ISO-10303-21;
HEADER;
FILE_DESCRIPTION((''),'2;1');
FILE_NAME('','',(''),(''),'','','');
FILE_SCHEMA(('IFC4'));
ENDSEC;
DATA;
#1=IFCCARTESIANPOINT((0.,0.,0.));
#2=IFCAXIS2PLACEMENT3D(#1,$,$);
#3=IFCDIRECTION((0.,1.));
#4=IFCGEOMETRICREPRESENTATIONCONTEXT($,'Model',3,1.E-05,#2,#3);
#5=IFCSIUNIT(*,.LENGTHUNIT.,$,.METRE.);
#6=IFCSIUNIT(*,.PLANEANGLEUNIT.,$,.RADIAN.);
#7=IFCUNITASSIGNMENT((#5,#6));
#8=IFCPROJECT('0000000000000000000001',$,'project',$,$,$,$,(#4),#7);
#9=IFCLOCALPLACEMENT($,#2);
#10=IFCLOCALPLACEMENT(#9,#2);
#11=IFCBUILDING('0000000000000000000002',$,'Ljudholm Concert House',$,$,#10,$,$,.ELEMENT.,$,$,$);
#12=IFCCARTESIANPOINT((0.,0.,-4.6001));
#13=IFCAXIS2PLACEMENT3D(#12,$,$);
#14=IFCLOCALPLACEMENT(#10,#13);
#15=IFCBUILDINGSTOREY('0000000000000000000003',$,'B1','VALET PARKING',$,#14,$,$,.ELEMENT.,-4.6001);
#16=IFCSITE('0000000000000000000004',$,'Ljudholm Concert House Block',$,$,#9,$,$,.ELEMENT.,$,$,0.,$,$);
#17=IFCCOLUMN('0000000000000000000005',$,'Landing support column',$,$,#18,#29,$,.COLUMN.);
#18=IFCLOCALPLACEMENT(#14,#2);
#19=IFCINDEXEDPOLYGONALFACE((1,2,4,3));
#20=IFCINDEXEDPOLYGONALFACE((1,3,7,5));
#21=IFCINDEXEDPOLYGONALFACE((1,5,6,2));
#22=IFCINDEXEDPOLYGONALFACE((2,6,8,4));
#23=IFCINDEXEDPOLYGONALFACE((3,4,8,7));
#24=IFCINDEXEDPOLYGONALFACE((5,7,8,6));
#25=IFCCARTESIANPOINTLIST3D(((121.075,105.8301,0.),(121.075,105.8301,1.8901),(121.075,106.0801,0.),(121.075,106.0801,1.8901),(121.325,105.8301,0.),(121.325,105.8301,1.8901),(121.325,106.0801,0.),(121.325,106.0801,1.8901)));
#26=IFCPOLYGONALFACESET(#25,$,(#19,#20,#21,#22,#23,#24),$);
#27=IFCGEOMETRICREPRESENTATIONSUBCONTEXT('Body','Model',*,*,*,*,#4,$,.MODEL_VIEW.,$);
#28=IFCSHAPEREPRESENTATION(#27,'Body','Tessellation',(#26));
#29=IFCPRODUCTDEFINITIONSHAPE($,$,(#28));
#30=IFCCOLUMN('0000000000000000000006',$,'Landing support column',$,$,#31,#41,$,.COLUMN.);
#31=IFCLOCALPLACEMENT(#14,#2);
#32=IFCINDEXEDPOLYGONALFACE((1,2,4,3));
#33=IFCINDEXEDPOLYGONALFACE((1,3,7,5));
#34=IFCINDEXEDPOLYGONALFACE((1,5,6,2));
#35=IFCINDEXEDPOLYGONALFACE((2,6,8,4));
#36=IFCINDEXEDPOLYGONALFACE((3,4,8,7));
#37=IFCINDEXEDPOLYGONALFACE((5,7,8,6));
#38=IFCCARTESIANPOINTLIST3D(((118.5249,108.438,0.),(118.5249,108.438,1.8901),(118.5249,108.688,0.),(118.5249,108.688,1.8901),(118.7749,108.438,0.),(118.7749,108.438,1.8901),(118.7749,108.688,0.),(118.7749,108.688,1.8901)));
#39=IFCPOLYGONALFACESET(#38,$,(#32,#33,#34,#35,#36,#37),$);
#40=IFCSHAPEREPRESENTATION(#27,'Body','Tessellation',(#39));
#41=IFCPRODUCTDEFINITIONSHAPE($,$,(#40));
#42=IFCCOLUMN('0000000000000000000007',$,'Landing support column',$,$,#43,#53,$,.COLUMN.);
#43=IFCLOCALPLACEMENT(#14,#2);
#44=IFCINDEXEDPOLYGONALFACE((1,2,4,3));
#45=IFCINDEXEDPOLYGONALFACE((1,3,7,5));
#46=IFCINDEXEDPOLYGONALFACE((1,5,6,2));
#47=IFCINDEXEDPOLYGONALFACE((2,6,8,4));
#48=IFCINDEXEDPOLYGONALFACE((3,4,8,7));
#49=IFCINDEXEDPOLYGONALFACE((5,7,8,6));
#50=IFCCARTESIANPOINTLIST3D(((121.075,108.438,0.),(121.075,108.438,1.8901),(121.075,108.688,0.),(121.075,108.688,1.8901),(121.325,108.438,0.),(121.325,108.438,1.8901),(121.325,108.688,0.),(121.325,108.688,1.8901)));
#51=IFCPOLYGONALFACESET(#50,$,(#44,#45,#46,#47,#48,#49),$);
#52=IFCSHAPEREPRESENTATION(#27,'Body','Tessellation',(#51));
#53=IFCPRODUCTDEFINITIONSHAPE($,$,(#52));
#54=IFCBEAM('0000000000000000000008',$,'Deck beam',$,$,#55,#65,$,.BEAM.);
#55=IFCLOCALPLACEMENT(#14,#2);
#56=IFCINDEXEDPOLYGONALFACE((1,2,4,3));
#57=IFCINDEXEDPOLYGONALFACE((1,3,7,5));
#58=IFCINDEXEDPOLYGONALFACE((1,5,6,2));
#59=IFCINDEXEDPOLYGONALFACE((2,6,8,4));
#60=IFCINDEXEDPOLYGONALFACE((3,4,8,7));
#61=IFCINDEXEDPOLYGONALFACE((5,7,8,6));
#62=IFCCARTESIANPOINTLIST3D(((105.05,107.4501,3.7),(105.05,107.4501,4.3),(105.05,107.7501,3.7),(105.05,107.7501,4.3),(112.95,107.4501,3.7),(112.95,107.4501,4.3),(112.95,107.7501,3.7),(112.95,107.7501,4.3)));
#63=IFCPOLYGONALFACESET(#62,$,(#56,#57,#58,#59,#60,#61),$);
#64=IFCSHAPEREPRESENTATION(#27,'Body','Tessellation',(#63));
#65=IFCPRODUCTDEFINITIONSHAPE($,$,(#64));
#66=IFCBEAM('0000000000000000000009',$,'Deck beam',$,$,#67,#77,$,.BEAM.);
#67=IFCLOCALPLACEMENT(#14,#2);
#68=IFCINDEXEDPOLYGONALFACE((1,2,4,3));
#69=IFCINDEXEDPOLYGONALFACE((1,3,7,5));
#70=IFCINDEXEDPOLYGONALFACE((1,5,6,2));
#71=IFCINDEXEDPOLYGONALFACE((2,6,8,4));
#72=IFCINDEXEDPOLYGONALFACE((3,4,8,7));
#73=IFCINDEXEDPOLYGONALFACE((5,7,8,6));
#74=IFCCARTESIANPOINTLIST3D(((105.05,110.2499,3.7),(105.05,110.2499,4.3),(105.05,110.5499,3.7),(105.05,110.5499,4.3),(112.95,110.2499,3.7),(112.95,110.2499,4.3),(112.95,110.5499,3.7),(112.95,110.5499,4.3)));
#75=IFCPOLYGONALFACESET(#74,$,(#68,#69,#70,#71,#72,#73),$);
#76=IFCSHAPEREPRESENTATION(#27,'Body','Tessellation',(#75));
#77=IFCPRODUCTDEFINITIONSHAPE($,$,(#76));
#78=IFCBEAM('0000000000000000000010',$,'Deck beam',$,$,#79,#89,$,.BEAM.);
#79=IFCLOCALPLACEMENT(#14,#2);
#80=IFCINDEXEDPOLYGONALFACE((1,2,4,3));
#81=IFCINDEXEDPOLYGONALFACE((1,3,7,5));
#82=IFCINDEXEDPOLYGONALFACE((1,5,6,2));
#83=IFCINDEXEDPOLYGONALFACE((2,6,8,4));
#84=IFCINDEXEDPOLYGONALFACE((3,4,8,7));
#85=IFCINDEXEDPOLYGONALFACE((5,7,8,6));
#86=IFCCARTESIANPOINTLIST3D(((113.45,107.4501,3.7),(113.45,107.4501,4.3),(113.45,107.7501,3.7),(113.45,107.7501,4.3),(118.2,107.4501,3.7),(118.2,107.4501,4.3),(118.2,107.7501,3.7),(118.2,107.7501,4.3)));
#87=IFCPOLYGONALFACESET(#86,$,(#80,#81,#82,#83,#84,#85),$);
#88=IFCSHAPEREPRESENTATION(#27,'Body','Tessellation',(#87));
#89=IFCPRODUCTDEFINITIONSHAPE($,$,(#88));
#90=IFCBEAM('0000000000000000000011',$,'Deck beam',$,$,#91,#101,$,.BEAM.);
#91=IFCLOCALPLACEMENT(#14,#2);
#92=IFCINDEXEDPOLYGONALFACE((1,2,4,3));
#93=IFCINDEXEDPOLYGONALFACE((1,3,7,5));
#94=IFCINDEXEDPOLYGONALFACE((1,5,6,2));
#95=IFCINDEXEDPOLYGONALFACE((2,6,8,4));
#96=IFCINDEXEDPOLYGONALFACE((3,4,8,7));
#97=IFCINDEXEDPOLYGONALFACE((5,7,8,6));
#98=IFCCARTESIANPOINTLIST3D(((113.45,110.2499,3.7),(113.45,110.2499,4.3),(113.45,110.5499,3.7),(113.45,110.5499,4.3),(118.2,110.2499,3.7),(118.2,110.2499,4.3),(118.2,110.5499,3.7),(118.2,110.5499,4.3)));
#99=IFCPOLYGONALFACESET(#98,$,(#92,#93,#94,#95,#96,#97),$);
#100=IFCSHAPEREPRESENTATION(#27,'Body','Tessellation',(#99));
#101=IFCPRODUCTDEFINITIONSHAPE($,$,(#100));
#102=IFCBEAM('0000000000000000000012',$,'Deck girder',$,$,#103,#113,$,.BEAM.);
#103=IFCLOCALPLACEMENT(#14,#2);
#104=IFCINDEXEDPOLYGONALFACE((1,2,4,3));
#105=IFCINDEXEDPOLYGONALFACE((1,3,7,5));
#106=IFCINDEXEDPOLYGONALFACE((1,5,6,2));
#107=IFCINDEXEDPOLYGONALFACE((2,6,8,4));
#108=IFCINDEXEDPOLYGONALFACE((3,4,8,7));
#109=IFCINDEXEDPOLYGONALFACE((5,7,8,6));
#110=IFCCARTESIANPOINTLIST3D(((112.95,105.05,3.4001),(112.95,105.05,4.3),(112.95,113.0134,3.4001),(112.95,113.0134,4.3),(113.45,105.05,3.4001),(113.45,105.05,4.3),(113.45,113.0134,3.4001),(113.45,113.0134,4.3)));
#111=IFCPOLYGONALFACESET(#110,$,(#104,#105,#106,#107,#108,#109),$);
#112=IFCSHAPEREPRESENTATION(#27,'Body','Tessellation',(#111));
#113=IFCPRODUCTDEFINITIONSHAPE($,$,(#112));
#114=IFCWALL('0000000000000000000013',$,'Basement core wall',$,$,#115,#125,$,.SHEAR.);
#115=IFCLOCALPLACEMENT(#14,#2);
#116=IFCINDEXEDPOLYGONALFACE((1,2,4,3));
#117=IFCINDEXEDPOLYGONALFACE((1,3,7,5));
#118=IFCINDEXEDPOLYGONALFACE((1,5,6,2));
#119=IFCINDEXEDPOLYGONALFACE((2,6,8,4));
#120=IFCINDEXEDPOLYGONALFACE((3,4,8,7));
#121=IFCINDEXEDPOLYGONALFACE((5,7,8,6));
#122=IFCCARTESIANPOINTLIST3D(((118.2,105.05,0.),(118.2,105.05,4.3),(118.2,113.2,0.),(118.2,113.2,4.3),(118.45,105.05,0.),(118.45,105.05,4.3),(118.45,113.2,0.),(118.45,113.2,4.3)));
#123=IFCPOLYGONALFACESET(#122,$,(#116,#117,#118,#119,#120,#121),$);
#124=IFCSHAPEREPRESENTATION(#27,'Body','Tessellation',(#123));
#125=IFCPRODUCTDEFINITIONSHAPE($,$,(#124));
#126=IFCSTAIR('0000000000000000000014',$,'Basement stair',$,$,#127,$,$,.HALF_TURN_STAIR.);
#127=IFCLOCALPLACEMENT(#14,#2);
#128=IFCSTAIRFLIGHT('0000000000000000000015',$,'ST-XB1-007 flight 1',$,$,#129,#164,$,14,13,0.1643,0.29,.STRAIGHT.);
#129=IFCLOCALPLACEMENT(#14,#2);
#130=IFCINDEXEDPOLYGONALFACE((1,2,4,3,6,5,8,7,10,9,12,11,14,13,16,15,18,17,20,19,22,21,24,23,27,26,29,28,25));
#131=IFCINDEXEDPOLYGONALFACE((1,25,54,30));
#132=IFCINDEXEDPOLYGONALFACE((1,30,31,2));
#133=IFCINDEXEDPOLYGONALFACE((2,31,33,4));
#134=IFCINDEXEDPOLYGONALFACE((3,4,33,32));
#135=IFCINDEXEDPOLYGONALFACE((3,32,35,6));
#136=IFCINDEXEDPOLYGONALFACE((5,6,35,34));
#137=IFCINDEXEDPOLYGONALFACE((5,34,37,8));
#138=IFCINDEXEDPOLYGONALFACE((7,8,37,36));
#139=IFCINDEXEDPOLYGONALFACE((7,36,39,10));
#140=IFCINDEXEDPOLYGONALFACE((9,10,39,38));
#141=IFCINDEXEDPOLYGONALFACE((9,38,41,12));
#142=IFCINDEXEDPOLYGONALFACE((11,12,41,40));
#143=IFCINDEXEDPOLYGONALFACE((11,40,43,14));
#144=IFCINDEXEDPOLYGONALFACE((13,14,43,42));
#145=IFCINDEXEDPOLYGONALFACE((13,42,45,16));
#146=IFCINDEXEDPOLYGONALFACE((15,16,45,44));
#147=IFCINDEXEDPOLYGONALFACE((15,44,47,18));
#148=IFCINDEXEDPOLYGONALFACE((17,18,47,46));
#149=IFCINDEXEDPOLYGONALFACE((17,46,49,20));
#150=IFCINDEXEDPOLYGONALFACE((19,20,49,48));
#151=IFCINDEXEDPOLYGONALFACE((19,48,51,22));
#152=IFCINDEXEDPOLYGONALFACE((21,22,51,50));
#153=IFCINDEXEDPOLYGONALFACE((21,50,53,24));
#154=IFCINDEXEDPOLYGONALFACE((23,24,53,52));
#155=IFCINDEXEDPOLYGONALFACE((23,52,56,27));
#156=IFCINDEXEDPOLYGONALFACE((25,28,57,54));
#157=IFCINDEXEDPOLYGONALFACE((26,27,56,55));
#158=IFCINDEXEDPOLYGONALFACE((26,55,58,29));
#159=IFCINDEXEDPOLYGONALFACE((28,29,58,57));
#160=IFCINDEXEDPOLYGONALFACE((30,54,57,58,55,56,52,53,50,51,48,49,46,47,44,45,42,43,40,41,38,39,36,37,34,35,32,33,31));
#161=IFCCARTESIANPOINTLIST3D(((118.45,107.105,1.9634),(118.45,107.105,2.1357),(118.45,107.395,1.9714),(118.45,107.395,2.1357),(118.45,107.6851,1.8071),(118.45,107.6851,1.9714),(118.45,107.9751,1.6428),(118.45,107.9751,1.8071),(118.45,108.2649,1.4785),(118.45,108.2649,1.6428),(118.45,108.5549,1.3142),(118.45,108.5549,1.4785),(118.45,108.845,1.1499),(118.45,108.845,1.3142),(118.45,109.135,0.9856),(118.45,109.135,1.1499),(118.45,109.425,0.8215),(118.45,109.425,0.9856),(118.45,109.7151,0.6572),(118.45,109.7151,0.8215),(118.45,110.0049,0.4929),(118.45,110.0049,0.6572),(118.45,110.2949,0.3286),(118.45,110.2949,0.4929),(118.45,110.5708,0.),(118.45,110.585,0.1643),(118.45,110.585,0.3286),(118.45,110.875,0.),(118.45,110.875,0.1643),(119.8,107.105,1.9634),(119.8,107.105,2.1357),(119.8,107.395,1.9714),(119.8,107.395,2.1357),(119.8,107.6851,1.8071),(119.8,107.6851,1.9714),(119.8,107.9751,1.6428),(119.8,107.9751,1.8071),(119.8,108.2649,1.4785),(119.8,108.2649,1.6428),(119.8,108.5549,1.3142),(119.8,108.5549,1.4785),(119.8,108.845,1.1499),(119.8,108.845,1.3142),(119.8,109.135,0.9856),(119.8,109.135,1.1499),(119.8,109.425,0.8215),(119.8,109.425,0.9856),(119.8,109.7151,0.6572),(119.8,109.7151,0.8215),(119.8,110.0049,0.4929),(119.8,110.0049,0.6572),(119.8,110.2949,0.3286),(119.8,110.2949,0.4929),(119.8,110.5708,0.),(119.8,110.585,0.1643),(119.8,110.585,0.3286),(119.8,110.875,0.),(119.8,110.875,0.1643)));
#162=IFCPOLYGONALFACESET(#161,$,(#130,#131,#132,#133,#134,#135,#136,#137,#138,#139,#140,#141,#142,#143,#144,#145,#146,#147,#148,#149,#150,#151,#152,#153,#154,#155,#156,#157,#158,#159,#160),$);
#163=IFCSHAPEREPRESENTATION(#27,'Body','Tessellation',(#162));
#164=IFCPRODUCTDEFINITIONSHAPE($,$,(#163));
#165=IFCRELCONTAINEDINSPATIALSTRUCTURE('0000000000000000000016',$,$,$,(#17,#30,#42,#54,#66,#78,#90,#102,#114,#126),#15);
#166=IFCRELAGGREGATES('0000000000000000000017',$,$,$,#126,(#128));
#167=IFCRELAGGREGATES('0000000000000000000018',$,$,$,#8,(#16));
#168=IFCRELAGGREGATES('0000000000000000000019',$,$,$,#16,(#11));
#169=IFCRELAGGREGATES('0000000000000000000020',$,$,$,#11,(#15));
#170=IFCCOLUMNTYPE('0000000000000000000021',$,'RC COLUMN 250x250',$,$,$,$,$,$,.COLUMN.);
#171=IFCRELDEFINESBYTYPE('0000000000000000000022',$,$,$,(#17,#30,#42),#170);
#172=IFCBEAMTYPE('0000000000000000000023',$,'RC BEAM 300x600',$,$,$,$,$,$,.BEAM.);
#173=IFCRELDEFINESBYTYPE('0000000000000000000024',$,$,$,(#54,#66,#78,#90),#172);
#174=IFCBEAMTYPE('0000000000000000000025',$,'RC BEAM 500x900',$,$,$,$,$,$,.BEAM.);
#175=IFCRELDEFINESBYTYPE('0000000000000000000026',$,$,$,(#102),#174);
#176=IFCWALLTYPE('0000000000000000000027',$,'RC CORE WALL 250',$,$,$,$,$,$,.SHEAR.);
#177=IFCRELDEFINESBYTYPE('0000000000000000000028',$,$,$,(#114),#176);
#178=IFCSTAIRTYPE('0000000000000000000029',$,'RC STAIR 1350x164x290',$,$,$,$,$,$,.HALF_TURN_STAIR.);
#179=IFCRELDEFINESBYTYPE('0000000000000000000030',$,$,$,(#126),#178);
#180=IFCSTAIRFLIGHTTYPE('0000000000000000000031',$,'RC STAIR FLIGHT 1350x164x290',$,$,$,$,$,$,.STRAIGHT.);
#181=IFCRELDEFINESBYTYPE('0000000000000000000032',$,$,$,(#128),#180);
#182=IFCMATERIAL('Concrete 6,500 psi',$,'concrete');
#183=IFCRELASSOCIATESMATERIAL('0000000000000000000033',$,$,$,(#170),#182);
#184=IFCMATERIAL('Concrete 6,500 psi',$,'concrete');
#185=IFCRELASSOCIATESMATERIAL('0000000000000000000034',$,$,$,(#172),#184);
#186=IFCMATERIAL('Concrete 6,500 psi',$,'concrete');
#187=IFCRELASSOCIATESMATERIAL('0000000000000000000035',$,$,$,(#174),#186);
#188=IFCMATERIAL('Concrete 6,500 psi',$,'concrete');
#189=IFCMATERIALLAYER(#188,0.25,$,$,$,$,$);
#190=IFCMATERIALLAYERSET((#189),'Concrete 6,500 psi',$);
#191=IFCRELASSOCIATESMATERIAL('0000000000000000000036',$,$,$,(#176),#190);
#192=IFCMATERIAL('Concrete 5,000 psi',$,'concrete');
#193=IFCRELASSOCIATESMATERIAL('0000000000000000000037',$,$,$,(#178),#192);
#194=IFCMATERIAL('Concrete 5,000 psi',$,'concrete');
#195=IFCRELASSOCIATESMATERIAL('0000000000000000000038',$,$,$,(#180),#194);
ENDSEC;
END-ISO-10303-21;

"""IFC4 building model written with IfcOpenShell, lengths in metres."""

from ifc_helpers import new_model, si_unit, direction, frame, frame_2d, origin, origin_2d, place, context, subcontext, project, spatial, polyline, rectangle, outline, extrude, material, layer, layer_set, material_profile, profile_set, type_object, element, aggregate, save


model = new_model("IFC4")

# Units and contexts
model_context = context("Model", 3, precision=1e-05, world=origin(), true_north=direction((0.0, 1.0)))
body_context = subcontext(model_context, "Body", "Model", "MODEL_VIEW")
ifc_project = project(units=[si_unit("LENGTHUNIT", "METRE"), si_unit("PLANEANGLEUNIT", "RADIAN")], contexts=[model_context])

# Site, building, storey
site_placement = place(None, origin())
site = spatial("IfcSite", under=ifc_project, at=site_placement, Name="Ljudholm Concert House Block", CompositionType="ELEMENT", RefElevation=0.0)
building_placement = place(site_placement, origin())
building = spatial("IfcBuilding", under=site, at=building_placement, Name="Ljudholm Concert House", CompositionType="ELEMENT")
storey_placement = place(building_placement, frame((0.0, 0.0, -4.6001)))
storey = spatial("IfcBuildingStorey", under=building, at=storey_placement, Name="B1", Description="VALET PARKING", CompositionType="ELEMENT", Elevation=-4.6001)

# Columns
ifc_material_1 = material(Name="Concrete 6,500 psi", Category="concrete")
ifc_material_profile_1 = material_profile(ifc_material_1, rectangle(XDim=0.25, YDim=0.25, at=origin_2d()), Name="RC COLUMN 250x250")
ifc_profile_set_1 = profile_set([ifc_material_profile_1], Name="Concrete 6,500 psi")
column_type = type_object("IfcColumnType", Name="RC COLUMN 250x250", PredefinedType="COLUMN", material=ifc_profile_set_1)
for number, where, z_axis, x_axis, name in (
    (1, (121.2, 105.9551, 0.0), (0.0, 0.0, 1.0), (1.0, 0.0, 0.0), "Landing support column"),
    (2, (118.6499, 108.563, 0.0), (0.0, 0.0, 1.0), (1.0, 0.0, 0.0), "Landing support column"),
    (3, (121.2, 108.563, 0.0), (0.0, 0.0, 1.0), (1.0, 0.0, 0.0), "Landing support column"),
):
    element("IfcColumn", number, at=place(storey_placement, frame(where, z_axis=z_axis, x_axis=x_axis)), inside=storey, type_object=column_type, Name=name, PredefinedType="COLUMN", context=body_context, shape_type="SweptSolid", body=[
        extrude(rectangle(XDim=0.25, YDim=0.25, at=origin_2d()), origin(), (0.0, 0.0, 1.0), 1.8901),
    ])

# Beams
ifc_material_2 = material(Name="Concrete 6,500 psi", Category="concrete")
ifc_material_profile_2 = material_profile(ifc_material_2, rectangle(XDim=0.3, YDim=0.6001, at=origin_2d()), Name="RC BEAM 300x600")
ifc_profile_set_2 = profile_set([ifc_material_profile_2], Name="Concrete 6,500 psi")
beam_type_1 = type_object("IfcBeamType", Name="RC BEAM 300x600", PredefinedType="BEAM", material=ifc_profile_set_2)
for number, where, z_axis, x_axis, name in (
    (4, (105.05, 107.6001, 4.0), (1.0, 0.0, 0.0), (0.0, 1.0, 0.0), "Deck beam"),
    (5, (105.05, 110.3999, 4.0), (1.0, 0.0, 0.0), (0.0, 1.0, 0.0), "Deck beam"),
):
    element("IfcBeam", number, at=place(storey_placement, frame(where, z_axis=z_axis, x_axis=x_axis)), inside=storey, type_object=beam_type_1, Name=name, PredefinedType="BEAM", context=body_context, shape_type="SweptSolid", body=[
        extrude(rectangle(XDim=0.3, YDim=0.6001, at=origin_2d()), origin(), (0.0, 0.0, 1.0), 7.8999),
    ])
for number, where, z_axis, x_axis, name in (
    (6, (113.45, 107.6001, 4.0), (1.0, 0.0, 0.0), (0.0, 1.0, 0.0), "Deck beam"),
    (7, (113.45, 110.3999, 4.0), (1.0, 0.0, 0.0), (0.0, 1.0, 0.0), "Deck beam"),
):
    element("IfcBeam", number, at=place(storey_placement, frame(where, z_axis=z_axis, x_axis=x_axis)), inside=storey, type_object=beam_type_1, Name=name, PredefinedType="BEAM", context=body_context, shape_type="SweptSolid", body=[
        extrude(rectangle(XDim=0.3, YDim=0.6001, at=origin_2d()), origin(), (0.0, 0.0, 1.0), 4.75),
    ])
ifc_material_3 = material(Name="Concrete 6,500 psi", Category="concrete")
ifc_material_profile_3 = material_profile(ifc_material_3, rectangle(XDim=0.5, YDim=0.8999, at=origin_2d()), Name="RC BEAM 500x900")
ifc_profile_set_3 = profile_set([ifc_material_profile_3], Name="Concrete 6,500 psi")
beam_type_2 = type_object("IfcBeamType", Name="RC BEAM 500x900", PredefinedType="BEAM", material=ifc_profile_set_3)
beam_placement = place(storey_placement, frame((113.2, 105.05, 3.8501), z_axis=(0.0, 1.0, 0.0), x_axis=(-1.0, 0.0, 0.0)))
element("IfcBeam", 8, at=beam_placement, inside=storey, type_object=beam_type_2, Name="Deck girder", PredefinedType="BEAM", context=body_context, shape_type="SweptSolid", body=[
    extrude(rectangle(XDim=0.5, YDim=0.8999, at=origin_2d()), origin(), (0.0, 0.0, 1.0), 7.9634),
])

# Wall
ifc_material_4 = material(Name="Concrete 6,500 psi", Category="concrete")
ifc_layer = layer(ifc_material_4, 0.25)
ifc_layer_set = layer_set([ifc_layer], Name="Concrete 6,500 psi")
wall_type = type_object("IfcWallType", Name="RC CORE WALL 250", PredefinedType="SHEAR", material=ifc_layer_set)
wall_placement = place(storey_placement, frame((118.325, 105.05, 0.0), z_axis=(0.0, 0.0, 1.0), x_axis=(0.0, 1.0, 0.0)))
element("IfcWall", 9, at=wall_placement, inside=storey, type_object=wall_type, Name="Basement core wall", PredefinedType="SHEAR", context=body_context, shape_type="SweptSolid", body=[
    extrude(rectangle(XDim=8.1499, YDim=0.25, at=frame_2d((4.075, 0.0))), origin(), (0.0, 0.0, 1.0), 4.3),
])

# Stair, stair flight
ifc_material_5 = material(Name="Concrete 5,000 psi", Category="concrete")
stair_type = type_object("IfcStairType", Name="RC STAIR 1350x164x290", PredefinedType="HALF_TURN_STAIR", material=ifc_material_5)
stair_placement = place(storey_placement, origin())
stair = element("IfcStair", 10, at=stair_placement, inside=storey, type_object=stair_type, Name="Basement stair", PredefinedType="HALF_TURN_STAIR")
ifc_material_6 = material(Name="Concrete 5,000 psi", Category="concrete")
stair_flight_type = type_object("IfcStairFlightType", Name="RC STAIR FLIGHT 1350x164x290", PredefinedType="STRAIGHT", material=ifc_material_6)
stair_flight_1_placement = place(storey_placement, frame((119.125, 110.875, 0.0), z_axis=(0.0, 0.0, 1.0), x_axis=(0.0, -1.0, 0.0)))
stair_flight_1 = element("IfcStairFlight", 11, at=stair_flight_1_placement, type_object=stair_flight_type, Name="ST-XB1-007 flight 1", NumberOfRisers=14, NumberOfTreads=13, PredefinedType="STRAIGHT", RiserHeight=0.1643, TreadLength=0.29, context=body_context, shape_type="SweptSolid", body=[
    extrude(outline(polyline([(0.0, 0.0), (0.0, 0.1643), (0.29, 0.1643), (0.29, 0.3286), (0.5801, 0.3286), (0.5801, 0.4929), (0.8701, 0.4929), (0.8701, 0.6572), (1.1599, 0.6572), (1.1599, 0.8215), (1.45, 0.8215), (1.45, 0.9856), (1.74, 0.9856), (1.74, 1.1499), (2.03, 1.1499), (2.03, 1.3142), (2.3201, 1.3142), (2.3201, 1.4785), (2.6101, 1.4785), (2.6101, 1.6428), (2.8999, 1.6428), (2.8999, 1.8071), (3.1899, 1.8071), (3.1899, 1.9714), (3.48, 1.9714), (3.48, 2.1357), (3.77, 2.1357), (3.77, 2.3), (3.77, 1.9634), (0.3042, 0.0), (0.0, 0.0)])), frame((0.0, 0.675, 0.0), z_axis=(0.0, -1.0, 0.0), x_axis=(1.0, 0.0, 0.0)), (0.0, 0.0, 1.0), 1.3501),
])
aggregate(stair, [stair_flight_1])

save(model, "model.ifc")
